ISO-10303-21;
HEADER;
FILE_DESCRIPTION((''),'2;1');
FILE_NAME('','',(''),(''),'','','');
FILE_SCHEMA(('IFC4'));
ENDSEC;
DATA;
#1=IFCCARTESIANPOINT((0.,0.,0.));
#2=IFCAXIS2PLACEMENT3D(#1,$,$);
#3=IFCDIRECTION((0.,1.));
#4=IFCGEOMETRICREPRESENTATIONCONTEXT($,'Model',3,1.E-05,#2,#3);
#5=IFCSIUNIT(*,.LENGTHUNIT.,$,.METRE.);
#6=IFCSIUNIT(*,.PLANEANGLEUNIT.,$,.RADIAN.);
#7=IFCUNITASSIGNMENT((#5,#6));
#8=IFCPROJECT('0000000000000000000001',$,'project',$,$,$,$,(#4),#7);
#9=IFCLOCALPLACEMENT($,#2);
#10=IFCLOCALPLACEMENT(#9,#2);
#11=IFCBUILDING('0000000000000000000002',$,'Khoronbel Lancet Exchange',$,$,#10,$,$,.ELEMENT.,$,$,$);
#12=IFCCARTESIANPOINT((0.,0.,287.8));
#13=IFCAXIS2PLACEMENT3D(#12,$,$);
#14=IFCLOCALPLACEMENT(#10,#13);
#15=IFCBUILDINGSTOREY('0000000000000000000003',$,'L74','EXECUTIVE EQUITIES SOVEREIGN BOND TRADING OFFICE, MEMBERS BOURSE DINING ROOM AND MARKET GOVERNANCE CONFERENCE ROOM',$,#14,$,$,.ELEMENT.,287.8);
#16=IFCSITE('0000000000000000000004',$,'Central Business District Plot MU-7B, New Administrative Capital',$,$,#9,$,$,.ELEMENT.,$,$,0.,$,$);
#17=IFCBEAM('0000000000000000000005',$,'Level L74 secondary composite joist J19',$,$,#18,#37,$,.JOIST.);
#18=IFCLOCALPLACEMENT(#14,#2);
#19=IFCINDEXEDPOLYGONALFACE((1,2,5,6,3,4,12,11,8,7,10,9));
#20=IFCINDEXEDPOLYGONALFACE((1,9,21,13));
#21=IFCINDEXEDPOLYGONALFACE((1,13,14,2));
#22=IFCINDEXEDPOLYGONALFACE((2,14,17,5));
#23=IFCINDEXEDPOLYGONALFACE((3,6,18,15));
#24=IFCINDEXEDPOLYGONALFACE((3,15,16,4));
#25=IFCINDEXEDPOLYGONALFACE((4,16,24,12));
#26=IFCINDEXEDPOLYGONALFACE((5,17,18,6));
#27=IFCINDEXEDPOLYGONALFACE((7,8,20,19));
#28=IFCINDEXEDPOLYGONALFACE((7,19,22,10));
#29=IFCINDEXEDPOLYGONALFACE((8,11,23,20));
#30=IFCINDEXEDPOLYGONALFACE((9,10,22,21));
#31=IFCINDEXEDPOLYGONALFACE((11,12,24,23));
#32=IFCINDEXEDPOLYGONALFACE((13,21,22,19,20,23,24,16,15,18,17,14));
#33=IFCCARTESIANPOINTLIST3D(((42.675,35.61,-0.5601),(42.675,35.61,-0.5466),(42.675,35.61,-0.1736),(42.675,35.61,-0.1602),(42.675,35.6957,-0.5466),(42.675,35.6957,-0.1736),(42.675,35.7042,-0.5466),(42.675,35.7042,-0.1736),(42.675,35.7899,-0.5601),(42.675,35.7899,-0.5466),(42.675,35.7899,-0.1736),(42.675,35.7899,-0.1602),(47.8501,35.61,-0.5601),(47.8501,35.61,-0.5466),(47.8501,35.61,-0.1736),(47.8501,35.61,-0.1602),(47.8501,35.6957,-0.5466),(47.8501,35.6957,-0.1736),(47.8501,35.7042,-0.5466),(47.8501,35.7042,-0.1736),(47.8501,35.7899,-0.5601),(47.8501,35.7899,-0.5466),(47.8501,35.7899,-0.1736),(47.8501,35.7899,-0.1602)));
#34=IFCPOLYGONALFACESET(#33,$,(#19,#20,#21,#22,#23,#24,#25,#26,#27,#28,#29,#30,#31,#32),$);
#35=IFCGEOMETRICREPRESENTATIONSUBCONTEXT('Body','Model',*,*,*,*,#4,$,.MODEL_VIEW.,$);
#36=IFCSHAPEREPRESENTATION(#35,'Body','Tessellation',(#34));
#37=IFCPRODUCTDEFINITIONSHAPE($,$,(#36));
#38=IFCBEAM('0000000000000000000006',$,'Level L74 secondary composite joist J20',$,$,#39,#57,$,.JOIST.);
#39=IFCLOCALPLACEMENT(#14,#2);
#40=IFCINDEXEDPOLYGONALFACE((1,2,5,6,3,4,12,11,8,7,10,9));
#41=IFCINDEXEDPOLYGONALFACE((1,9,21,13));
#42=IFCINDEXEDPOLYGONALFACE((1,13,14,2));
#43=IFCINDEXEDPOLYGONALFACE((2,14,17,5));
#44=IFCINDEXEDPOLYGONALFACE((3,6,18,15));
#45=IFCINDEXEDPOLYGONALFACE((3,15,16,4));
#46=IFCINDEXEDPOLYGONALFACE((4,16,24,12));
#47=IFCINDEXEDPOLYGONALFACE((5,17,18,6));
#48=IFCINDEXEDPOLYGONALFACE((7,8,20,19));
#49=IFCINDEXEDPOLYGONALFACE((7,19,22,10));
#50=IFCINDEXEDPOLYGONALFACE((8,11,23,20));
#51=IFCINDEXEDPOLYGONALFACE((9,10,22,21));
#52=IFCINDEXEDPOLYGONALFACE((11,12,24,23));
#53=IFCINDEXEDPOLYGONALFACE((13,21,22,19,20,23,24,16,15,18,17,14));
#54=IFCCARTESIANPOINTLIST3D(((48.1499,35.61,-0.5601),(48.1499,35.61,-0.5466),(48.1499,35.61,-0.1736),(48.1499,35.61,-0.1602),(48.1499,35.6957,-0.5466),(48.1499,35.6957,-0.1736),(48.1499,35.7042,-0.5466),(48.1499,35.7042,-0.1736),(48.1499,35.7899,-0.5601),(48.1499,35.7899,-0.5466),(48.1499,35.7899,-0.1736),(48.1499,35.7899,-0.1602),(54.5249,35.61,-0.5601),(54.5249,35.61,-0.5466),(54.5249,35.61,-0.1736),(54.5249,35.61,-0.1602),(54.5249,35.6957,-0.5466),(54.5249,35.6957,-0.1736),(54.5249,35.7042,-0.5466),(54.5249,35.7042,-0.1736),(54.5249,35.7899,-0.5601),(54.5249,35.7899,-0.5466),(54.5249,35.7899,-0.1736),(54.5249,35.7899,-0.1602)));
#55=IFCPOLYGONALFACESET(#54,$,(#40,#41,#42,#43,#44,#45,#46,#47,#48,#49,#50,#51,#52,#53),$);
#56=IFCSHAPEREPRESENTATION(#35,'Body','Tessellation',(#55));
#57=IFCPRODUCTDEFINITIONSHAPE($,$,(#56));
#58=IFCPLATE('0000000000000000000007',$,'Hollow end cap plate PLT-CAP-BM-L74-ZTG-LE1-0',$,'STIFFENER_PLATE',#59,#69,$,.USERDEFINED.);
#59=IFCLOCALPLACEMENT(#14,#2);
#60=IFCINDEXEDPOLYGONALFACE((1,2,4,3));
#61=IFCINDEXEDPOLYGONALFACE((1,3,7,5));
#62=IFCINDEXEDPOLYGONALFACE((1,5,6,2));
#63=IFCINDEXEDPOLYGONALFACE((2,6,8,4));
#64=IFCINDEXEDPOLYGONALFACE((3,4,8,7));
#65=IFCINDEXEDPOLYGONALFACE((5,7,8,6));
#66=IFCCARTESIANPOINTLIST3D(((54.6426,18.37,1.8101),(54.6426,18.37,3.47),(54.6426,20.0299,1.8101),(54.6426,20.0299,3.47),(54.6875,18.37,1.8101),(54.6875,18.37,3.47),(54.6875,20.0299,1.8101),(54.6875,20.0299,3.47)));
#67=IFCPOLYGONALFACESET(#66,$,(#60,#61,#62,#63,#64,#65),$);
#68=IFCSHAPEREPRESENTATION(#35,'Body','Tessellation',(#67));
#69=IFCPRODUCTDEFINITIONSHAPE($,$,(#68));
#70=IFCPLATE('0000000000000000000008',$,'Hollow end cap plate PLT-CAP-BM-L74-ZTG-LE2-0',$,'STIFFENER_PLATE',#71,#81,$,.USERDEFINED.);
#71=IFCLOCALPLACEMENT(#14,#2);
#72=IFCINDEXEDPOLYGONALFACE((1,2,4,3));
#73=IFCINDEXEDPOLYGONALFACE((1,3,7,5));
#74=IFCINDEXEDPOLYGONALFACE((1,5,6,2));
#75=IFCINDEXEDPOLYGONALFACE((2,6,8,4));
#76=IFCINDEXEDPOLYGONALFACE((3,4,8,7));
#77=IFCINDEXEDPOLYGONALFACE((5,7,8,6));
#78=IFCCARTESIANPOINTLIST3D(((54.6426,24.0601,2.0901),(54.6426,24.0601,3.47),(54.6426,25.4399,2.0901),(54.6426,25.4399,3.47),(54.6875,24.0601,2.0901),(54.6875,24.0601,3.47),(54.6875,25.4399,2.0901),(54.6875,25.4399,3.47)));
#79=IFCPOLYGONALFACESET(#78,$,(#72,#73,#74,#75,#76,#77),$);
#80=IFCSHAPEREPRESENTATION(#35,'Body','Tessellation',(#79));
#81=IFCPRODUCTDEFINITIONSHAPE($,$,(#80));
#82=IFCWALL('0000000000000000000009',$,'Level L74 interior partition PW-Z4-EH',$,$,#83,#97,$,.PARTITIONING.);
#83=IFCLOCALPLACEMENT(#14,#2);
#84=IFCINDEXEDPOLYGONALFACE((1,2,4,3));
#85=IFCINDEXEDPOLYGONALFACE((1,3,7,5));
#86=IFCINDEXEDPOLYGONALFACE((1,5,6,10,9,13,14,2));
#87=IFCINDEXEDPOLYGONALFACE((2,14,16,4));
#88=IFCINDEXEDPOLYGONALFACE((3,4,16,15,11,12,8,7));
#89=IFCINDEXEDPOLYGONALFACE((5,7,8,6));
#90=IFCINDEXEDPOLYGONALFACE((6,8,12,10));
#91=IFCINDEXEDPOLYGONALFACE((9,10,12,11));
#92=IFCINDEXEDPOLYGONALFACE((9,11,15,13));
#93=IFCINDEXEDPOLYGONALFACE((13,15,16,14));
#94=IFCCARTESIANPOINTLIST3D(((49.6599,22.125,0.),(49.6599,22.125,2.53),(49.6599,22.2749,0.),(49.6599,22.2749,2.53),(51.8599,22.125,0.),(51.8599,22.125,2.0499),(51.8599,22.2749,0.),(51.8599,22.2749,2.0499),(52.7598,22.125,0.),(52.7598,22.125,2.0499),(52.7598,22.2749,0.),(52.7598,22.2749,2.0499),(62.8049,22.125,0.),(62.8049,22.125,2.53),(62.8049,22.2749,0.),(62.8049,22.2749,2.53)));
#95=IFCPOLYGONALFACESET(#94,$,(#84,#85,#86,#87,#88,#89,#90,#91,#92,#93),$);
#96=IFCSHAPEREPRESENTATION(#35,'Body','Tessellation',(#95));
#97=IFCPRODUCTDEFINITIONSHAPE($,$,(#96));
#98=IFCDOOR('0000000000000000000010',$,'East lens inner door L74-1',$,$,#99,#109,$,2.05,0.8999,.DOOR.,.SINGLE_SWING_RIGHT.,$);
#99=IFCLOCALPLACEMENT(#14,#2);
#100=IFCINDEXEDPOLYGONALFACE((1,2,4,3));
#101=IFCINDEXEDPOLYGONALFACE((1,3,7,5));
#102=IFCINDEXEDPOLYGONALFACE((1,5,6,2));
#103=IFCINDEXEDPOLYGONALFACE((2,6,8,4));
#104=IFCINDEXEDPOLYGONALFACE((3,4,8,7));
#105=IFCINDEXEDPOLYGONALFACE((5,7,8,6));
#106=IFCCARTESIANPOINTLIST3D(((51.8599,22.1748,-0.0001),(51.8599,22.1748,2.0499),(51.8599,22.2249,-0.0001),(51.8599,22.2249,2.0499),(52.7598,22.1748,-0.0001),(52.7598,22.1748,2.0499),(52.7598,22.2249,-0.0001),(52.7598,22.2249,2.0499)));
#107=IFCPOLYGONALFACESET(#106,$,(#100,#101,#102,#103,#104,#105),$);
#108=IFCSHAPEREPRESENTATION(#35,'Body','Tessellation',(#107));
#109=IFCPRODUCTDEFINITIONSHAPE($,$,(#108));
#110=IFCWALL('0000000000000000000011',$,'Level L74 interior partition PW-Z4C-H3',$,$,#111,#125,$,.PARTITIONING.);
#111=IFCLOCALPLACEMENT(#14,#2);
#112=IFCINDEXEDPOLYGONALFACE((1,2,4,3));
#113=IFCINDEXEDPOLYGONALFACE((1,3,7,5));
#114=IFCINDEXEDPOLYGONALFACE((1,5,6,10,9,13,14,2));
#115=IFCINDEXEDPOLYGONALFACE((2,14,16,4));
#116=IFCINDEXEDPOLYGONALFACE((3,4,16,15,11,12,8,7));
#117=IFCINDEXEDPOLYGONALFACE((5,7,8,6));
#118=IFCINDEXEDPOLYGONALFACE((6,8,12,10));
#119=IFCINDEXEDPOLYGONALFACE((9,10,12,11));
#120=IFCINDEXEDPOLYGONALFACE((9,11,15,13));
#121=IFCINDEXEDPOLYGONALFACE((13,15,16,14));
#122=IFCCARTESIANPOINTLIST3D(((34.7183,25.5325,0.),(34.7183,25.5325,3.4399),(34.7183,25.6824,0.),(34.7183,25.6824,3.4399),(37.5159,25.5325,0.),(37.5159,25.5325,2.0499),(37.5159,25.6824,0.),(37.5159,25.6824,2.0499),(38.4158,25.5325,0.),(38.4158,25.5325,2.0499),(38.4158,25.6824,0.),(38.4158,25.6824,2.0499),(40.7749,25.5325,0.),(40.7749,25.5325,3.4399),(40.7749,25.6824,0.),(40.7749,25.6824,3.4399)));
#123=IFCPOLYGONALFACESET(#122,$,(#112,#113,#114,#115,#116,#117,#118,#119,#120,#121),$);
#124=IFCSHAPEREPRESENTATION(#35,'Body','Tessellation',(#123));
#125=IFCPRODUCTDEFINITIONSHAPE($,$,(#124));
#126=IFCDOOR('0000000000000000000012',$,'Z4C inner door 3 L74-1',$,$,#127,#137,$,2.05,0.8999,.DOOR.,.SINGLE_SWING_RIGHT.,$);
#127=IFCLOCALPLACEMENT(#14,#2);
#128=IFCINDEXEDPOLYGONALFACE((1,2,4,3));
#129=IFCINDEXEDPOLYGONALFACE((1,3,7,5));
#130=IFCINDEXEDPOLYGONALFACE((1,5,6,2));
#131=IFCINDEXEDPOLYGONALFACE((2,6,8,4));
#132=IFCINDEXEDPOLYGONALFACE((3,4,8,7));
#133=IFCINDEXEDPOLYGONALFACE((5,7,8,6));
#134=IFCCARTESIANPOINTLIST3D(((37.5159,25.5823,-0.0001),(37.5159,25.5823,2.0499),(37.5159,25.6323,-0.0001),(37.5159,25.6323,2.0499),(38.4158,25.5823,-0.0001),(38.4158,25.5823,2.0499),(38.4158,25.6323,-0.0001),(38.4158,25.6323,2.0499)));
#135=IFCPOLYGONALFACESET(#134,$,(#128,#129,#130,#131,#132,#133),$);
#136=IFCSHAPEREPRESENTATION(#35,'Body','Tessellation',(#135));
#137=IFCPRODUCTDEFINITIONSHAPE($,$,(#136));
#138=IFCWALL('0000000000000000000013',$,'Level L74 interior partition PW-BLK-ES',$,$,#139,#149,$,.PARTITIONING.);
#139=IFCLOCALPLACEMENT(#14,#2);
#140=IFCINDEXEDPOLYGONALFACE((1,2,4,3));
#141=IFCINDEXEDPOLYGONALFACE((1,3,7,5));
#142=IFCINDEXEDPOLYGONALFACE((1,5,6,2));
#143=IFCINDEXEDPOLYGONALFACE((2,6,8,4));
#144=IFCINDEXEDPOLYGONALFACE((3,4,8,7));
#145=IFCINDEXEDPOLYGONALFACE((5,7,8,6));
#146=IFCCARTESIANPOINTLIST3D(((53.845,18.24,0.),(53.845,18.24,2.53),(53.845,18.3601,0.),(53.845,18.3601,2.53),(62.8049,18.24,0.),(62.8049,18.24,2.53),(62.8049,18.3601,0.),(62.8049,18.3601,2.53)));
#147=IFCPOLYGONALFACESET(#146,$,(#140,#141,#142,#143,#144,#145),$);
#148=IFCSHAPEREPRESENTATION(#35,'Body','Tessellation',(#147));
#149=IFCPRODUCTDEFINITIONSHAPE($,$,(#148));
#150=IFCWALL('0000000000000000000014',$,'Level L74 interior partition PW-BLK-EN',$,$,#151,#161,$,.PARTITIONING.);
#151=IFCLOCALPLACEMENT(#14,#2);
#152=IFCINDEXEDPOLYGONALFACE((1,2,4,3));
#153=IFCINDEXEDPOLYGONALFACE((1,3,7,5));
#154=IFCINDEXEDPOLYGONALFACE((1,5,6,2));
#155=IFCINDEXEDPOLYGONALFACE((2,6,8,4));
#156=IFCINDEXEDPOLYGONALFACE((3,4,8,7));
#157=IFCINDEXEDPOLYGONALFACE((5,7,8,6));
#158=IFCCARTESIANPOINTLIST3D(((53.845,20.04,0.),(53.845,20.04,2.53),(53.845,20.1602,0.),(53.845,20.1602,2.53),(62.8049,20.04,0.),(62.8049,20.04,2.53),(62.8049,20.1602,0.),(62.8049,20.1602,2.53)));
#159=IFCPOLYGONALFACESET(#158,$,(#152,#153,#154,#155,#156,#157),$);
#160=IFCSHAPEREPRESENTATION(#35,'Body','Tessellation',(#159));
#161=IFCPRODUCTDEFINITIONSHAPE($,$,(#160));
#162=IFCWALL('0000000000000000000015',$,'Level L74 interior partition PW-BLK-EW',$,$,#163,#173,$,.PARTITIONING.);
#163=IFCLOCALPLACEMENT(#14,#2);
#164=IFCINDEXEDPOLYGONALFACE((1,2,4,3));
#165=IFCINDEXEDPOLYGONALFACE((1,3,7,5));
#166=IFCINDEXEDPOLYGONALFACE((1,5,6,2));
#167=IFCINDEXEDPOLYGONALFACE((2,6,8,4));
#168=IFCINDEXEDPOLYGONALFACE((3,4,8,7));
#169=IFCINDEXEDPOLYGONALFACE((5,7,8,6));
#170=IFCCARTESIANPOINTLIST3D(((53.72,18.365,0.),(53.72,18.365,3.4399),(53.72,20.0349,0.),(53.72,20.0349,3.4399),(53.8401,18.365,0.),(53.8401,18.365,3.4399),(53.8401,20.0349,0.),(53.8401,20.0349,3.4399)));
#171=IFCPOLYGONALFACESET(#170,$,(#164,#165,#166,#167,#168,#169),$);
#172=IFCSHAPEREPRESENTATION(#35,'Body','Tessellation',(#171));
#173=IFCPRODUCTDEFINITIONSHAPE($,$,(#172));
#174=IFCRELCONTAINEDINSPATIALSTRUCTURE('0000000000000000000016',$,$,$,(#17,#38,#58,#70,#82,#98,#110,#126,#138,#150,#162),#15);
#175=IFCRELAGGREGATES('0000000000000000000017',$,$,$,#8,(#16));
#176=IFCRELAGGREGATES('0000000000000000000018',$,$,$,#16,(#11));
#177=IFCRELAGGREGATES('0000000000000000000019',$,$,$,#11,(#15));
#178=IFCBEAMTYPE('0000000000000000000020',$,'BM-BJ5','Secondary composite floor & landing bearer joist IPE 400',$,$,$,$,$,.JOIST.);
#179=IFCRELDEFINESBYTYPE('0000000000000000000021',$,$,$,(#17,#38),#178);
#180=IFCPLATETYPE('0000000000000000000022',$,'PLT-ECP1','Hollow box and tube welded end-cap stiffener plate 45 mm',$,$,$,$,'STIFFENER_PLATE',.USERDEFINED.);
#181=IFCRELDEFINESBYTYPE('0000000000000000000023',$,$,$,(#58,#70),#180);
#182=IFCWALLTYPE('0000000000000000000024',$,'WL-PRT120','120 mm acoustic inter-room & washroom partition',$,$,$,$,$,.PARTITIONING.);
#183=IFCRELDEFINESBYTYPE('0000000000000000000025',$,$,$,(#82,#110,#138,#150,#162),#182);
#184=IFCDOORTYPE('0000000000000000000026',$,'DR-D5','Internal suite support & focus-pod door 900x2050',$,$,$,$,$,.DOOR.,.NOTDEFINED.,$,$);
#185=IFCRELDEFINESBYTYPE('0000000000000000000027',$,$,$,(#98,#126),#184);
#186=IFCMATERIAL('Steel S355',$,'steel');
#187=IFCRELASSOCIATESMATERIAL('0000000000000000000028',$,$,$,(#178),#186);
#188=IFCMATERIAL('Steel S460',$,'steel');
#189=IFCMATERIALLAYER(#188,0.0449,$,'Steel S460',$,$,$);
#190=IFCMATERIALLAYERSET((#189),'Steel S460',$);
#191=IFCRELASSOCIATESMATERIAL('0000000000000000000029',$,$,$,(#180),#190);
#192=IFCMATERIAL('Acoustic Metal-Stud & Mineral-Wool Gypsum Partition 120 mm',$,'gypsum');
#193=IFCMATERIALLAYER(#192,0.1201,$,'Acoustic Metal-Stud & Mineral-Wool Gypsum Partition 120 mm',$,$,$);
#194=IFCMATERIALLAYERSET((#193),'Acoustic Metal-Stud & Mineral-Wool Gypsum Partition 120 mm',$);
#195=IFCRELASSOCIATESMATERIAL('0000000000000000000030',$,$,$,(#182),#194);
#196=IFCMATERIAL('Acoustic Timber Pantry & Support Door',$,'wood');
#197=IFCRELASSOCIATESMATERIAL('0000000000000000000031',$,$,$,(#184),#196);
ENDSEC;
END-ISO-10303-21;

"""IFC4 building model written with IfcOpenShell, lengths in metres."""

from ifc_helpers import new_model, si_unit, direction, frame, frame_2d, origin, origin_2d, place, context, subcontext, project, spatial, rectangle, i_section, extrude, material, layer, layer_set, material_profile, profile_set, type_object, element, fill, save


model = new_model("IFC4")

# Units and contexts
model_context = context("Model", 3, precision=1e-05, world=origin(), true_north=direction((0.0, 1.0)))
body_context = subcontext(model_context, "Body", "Model", "MODEL_VIEW")
ifc_project = project(units=[si_unit("LENGTHUNIT", "METRE"), si_unit("PLANEANGLEUNIT", "RADIAN")], contexts=[model_context])

# Site, building, storey
site_placement = place(None, origin())
site = spatial("IfcSite", under=ifc_project, at=site_placement, Name="Central Business District Plot MU-7B, New Administrative Capital", CompositionType="ELEMENT", RefElevation=0.0)
building_placement = place(site_placement, origin())
building = spatial("IfcBuilding", under=site, at=building_placement, Name="Khoronbel Lancet Exchange", CompositionType="ELEMENT")
storey_placement = place(building_placement, frame((0.0, 0.0, 287.8)))
storey = spatial("IfcBuildingStorey", under=building, at=storey_placement, Name="L74", Description="EXECUTIVE EQUITIES SOVEREIGN BOND TRADING OFFICE, MEMBERS BOURSE DINING ROOM AND MARKET GOVERNANCE CONFERENCE ROOM", CompositionType="ELEMENT", Elevation=287.8)

# Shared definitions
ifc_material_1 = material(Name="Steel S355", Category="steel")

# Beams
ifc_material_profile_1 = material_profile(ifc_material_1, i_section(OverallWidth=0.1799, OverallDepth=0.3999, WebThickness=0.0085, FlangeThickness=0.0134, at=origin_2d()), Name="IPE 400")
ifc_profile_set_1 = profile_set([ifc_material_profile_1], Name="Steel S355")
beam_type_1 = type_object("IfcBeamType", Name="BM-BJ5", Description="Secondary composite floor & landing bearer joist IPE 400", PredefinedType="JOIST", material=ifc_profile_set_1)
beam_1_placement = place(storey_placement, frame((42.675, 35.7, -0.3601), z_axis=(1.0, 0.0, 0.0), x_axis=(0.0, 1.0, 0.0)))
element("IfcBeam", 1, at=beam_1_placement, inside=storey, type_object=beam_type_1, Name="Level L74 secondary composite joist J19", PredefinedType="JOIST", context=body_context, shape_type="SweptSolid", body=[
    extrude(i_section(OverallWidth=0.1799, OverallDepth=0.3999, WebThickness=0.0085, FlangeThickness=0.0134, at=origin_2d()), origin(), (0.0, 0.0, 1.0), 5.175),
])
beam_2_placement = place(storey_placement, frame((48.1499, 35.7, -0.3601), z_axis=(1.0, 0.0, 0.0), x_axis=(0.0, 1.0, 0.0)))
element("IfcBeam", 2, at=beam_2_placement, inside=storey, type_object=beam_type_1, Name="Level L74 secondary composite joist J20", PredefinedType="JOIST", context=body_context, shape_type="SweptSolid", body=[
    extrude(i_section(OverallWidth=0.1799, OverallDepth=0.3999, WebThickness=0.0085, FlangeThickness=0.0134, at=origin_2d()), origin(), (0.0, 0.0, 1.0), 6.375),
])

# Plates
ifc_material_2 = material(Name="Steel S460", Category="steel")
ifc_layer_1 = layer(ifc_material_2, 0.0449, Name="Steel S460")
ifc_layer_set_1 = layer_set([ifc_layer_1], Name="Steel S460")
plate_type = type_object("IfcPlateType", Name="PLT-ECP1", Description="Hollow box and tube welded end-cap stiffener plate 45 mm", ElementType="STIFFENER_PLATE", PredefinedType="USERDEFINED", material=ifc_layer_set_1)
plate_1_placement = place(storey_placement, frame((54.665, 19.2, 1.8101), z_axis=(0.0, 0.0, 1.0), x_axis=(-1.0, 0.0, 0.0)))
element("IfcPlate", 3, at=plate_1_placement, inside=storey, type_object=plate_type, Name="Hollow end cap plate PLT-CAP-BM-L74-ZTG-LE1-0", ObjectType="STIFFENER_PLATE", PredefinedType="USERDEFINED", context=body_context, shape_type="SweptSolid", body=[
    extrude(rectangle(XDim=0.0449, YDim=1.6599, at=origin_2d()), origin(), (0.0, 0.0, 1.0), 1.6599),
])
plate_2_placement = place(storey_placement, frame((54.665, 24.75, 2.0901), z_axis=(0.0, 0.0, 1.0), x_axis=(-1.0, 0.0, 0.0)))
element("IfcPlate", 4, at=plate_2_placement, inside=storey, type_object=plate_type, Name="Hollow end cap plate PLT-CAP-BM-L74-ZTG-LE2-0", ObjectType="STIFFENER_PLATE", PredefinedType="USERDEFINED", context=body_context, shape_type="SweptSolid", body=[
    extrude(rectangle(XDim=0.0449, YDim=1.3799, at=origin_2d()), origin(), (0.0, 0.0, 1.0), 1.3799),
])

# Walls, openings, doors
ifc_material_3 = material(Name="Acoustic Metal-Stud & Mineral-Wool Gypsum Partition 120 mm", Category="gypsum")
ifc_layer_2 = layer(ifc_material_3, 0.1201, Name="Acoustic Metal-Stud & Mineral-Wool Gypsum Partition 120 mm")
ifc_layer_set_2 = layer_set([ifc_layer_2], Name="Acoustic Metal-Stud & Mineral-Wool Gypsum Partition 120 mm")
wall_type_1 = type_object("IfcWallType", Name="WL-PRT120", Description="120 mm acoustic inter-room & washroom partition", PredefinedType="PARTITIONING", material=ifc_layer_set_2)
wall_1_placement = place(storey_placement, frame((49.6599, 22.2, 0.0), z_axis=(0.0, 0.0, 1.0), x_axis=(1.0, 0.0, 0.0)))
wall_1 = element("IfcWall", 5, at=wall_1_placement, inside=storey, type_object=wall_type_1, Name="Level L74 interior partition PW-Z4-EH", PredefinedType="PARTITIONING", context=body_context, shape_type="SweptSolid", body=[
    extrude(rectangle(XDim=13.145, YDim=0.1499, at=frame_2d((6.5725, 0.0))), origin(), (0.0, 0.0, 1.0), 2.53),
])
opening_1_placement = place(wall_1_placement, frame((2.2, 0.0, 0.0)))
opening_1 = element("IfcOpeningElement", 6, at=opening_1_placement, cuts=wall_1, PredefinedType="OPENING", context=body_context, shape_type="SweptSolid", body=[
    extrude(rectangle(XDim=0.8999, YDim=2.05, at=frame_2d((0.45, 1.0249))), frame((0.0, 0.085, 0.0), z_axis=(0.0, -1.0, 0.0), x_axis=(1.0, 0.0, 0.0)), (0.0, 0.0, 1.0), 0.1699),
])
ifc_material_4 = material(Name="Acoustic Timber Pantry & Support Door", Category="wood")
door_type_1 = type_object("IfcDoorType", Name="DR-D5", Description="Internal suite support & focus-pod door 900x2050", OperationType="NOTDEFINED", PredefinedType="DOOR", material=ifc_material_4)
door_1_placement = place(opening_1_placement, origin())
door_1 = element("IfcDoor", 7, at=door_1_placement, inside=storey, type_object=door_type_1, Name="East lens inner door L74-1", OperationType="SINGLE_SWING_RIGHT", OverallHeight=2.05, OverallWidth=0.8999, PredefinedType="DOOR", context=body_context, shape_type="SweptSolid", body=[
    extrude(rectangle(XDim=0.8999, YDim=2.05, at=frame_2d((0.45, 1.0249))), frame((0.0, 0.0249, 0.0), z_axis=(0.0, -1.0, 0.0), x_axis=(1.0, 0.0, 0.0)), (0.0, 0.0, 1.0), 0.05),
])
fill(opening_1, door_1)
wall_2_placement = place(storey_placement, frame((34.7183, 25.6074, 0.0), z_axis=(0.0, 0.0, 1.0), x_axis=(1.0, 0.0, 0.0)))
wall_2 = element("IfcWall", 8, at=wall_2_placement, inside=storey, type_object=wall_type_1, Name="Level L74 interior partition PW-Z4C-H3", PredefinedType="PARTITIONING", context=body_context, shape_type="SweptSolid", body=[
    extrude(rectangle(XDim=6.0566, YDim=0.1499, at=frame_2d((3.0283, 0.0))), origin(), (0.0, 0.0, 1.0), 3.4399),
])
opening_2_placement = place(wall_2_placement, frame((2.7976, 0.0, 0.0)))
opening_2 = element("IfcOpeningElement", 9, at=opening_2_placement, cuts=wall_2, PredefinedType="OPENING", context=body_context, shape_type="SweptSolid", body=[
    extrude(rectangle(XDim=0.8999, YDim=2.05, at=frame_2d((0.45, 1.0249))), frame((0.0, 0.085, 0.0), z_axis=(0.0, -1.0, 0.0), x_axis=(1.0, 0.0, 0.0)), (0.0, 0.0, 1.0), 0.1699),
])
door_2_placement = place(opening_2_placement, origin())
door_2 = element("IfcDoor", 10, at=door_2_placement, inside=storey, type_object=door_type_1, Name="Z4C inner door 3 L74-1", OperationType="SINGLE_SWING_RIGHT", OverallHeight=2.05, OverallWidth=0.8999, PredefinedType="DOOR", context=body_context, shape_type="SweptSolid", body=[
    extrude(rectangle(XDim=0.8999, YDim=2.05, at=frame_2d((0.45, 1.0249))), frame((0.0, 0.0249, 0.0), z_axis=(0.0, -1.0, 0.0), x_axis=(1.0, 0.0, 0.0)), (0.0, 0.0, 1.0), 0.05),
])
fill(opening_2, door_2)

# Walls
for number, where, z_axis, x_axis, name in (
    (11, (53.845, 18.3, 0.0), (0.0, 0.0, 1.0), (1.0, 0.0, 0.0), "Level L74 interior partition PW-BLK-ES"),
    (12, (53.845, 20.1001, 0.0), (0.0, 0.0, 1.0), (1.0, 0.0, 0.0), "Level L74 interior partition PW-BLK-EN"),
):
    element("IfcWall", number, at=place(storey_placement, frame(where, z_axis=z_axis, x_axis=x_axis)), inside=storey, type_object=wall_type_1, Name=name, PredefinedType="PARTITIONING", context=body_context, shape_type="SweptSolid", body=[
        extrude(rectangle(XDim=8.96, YDim=0.1201, at=frame_2d((4.48, 0.0))), origin(), (0.0, 0.0, 1.0), 2.53),
    ])
wall_3_placement = place(storey_placement, frame((53.78, 18.365, 0.0), z_axis=(0.0, 0.0, 1.0), x_axis=(0.0, 1.0, 0.0)))
element("IfcWall", 13, at=wall_3_placement, inside=storey, type_object=wall_type_1, Name="Level L74 interior partition PW-BLK-EW", PredefinedType="PARTITIONING", context=body_context, shape_type="SweptSolid", body=[
    extrude(rectangle(XDim=1.6699, YDim=0.1201, at=frame_2d((0.835, 0.0))), origin(), (0.0, 0.0, 1.0), 3.4399),
])

save(model, "model.ifc")
